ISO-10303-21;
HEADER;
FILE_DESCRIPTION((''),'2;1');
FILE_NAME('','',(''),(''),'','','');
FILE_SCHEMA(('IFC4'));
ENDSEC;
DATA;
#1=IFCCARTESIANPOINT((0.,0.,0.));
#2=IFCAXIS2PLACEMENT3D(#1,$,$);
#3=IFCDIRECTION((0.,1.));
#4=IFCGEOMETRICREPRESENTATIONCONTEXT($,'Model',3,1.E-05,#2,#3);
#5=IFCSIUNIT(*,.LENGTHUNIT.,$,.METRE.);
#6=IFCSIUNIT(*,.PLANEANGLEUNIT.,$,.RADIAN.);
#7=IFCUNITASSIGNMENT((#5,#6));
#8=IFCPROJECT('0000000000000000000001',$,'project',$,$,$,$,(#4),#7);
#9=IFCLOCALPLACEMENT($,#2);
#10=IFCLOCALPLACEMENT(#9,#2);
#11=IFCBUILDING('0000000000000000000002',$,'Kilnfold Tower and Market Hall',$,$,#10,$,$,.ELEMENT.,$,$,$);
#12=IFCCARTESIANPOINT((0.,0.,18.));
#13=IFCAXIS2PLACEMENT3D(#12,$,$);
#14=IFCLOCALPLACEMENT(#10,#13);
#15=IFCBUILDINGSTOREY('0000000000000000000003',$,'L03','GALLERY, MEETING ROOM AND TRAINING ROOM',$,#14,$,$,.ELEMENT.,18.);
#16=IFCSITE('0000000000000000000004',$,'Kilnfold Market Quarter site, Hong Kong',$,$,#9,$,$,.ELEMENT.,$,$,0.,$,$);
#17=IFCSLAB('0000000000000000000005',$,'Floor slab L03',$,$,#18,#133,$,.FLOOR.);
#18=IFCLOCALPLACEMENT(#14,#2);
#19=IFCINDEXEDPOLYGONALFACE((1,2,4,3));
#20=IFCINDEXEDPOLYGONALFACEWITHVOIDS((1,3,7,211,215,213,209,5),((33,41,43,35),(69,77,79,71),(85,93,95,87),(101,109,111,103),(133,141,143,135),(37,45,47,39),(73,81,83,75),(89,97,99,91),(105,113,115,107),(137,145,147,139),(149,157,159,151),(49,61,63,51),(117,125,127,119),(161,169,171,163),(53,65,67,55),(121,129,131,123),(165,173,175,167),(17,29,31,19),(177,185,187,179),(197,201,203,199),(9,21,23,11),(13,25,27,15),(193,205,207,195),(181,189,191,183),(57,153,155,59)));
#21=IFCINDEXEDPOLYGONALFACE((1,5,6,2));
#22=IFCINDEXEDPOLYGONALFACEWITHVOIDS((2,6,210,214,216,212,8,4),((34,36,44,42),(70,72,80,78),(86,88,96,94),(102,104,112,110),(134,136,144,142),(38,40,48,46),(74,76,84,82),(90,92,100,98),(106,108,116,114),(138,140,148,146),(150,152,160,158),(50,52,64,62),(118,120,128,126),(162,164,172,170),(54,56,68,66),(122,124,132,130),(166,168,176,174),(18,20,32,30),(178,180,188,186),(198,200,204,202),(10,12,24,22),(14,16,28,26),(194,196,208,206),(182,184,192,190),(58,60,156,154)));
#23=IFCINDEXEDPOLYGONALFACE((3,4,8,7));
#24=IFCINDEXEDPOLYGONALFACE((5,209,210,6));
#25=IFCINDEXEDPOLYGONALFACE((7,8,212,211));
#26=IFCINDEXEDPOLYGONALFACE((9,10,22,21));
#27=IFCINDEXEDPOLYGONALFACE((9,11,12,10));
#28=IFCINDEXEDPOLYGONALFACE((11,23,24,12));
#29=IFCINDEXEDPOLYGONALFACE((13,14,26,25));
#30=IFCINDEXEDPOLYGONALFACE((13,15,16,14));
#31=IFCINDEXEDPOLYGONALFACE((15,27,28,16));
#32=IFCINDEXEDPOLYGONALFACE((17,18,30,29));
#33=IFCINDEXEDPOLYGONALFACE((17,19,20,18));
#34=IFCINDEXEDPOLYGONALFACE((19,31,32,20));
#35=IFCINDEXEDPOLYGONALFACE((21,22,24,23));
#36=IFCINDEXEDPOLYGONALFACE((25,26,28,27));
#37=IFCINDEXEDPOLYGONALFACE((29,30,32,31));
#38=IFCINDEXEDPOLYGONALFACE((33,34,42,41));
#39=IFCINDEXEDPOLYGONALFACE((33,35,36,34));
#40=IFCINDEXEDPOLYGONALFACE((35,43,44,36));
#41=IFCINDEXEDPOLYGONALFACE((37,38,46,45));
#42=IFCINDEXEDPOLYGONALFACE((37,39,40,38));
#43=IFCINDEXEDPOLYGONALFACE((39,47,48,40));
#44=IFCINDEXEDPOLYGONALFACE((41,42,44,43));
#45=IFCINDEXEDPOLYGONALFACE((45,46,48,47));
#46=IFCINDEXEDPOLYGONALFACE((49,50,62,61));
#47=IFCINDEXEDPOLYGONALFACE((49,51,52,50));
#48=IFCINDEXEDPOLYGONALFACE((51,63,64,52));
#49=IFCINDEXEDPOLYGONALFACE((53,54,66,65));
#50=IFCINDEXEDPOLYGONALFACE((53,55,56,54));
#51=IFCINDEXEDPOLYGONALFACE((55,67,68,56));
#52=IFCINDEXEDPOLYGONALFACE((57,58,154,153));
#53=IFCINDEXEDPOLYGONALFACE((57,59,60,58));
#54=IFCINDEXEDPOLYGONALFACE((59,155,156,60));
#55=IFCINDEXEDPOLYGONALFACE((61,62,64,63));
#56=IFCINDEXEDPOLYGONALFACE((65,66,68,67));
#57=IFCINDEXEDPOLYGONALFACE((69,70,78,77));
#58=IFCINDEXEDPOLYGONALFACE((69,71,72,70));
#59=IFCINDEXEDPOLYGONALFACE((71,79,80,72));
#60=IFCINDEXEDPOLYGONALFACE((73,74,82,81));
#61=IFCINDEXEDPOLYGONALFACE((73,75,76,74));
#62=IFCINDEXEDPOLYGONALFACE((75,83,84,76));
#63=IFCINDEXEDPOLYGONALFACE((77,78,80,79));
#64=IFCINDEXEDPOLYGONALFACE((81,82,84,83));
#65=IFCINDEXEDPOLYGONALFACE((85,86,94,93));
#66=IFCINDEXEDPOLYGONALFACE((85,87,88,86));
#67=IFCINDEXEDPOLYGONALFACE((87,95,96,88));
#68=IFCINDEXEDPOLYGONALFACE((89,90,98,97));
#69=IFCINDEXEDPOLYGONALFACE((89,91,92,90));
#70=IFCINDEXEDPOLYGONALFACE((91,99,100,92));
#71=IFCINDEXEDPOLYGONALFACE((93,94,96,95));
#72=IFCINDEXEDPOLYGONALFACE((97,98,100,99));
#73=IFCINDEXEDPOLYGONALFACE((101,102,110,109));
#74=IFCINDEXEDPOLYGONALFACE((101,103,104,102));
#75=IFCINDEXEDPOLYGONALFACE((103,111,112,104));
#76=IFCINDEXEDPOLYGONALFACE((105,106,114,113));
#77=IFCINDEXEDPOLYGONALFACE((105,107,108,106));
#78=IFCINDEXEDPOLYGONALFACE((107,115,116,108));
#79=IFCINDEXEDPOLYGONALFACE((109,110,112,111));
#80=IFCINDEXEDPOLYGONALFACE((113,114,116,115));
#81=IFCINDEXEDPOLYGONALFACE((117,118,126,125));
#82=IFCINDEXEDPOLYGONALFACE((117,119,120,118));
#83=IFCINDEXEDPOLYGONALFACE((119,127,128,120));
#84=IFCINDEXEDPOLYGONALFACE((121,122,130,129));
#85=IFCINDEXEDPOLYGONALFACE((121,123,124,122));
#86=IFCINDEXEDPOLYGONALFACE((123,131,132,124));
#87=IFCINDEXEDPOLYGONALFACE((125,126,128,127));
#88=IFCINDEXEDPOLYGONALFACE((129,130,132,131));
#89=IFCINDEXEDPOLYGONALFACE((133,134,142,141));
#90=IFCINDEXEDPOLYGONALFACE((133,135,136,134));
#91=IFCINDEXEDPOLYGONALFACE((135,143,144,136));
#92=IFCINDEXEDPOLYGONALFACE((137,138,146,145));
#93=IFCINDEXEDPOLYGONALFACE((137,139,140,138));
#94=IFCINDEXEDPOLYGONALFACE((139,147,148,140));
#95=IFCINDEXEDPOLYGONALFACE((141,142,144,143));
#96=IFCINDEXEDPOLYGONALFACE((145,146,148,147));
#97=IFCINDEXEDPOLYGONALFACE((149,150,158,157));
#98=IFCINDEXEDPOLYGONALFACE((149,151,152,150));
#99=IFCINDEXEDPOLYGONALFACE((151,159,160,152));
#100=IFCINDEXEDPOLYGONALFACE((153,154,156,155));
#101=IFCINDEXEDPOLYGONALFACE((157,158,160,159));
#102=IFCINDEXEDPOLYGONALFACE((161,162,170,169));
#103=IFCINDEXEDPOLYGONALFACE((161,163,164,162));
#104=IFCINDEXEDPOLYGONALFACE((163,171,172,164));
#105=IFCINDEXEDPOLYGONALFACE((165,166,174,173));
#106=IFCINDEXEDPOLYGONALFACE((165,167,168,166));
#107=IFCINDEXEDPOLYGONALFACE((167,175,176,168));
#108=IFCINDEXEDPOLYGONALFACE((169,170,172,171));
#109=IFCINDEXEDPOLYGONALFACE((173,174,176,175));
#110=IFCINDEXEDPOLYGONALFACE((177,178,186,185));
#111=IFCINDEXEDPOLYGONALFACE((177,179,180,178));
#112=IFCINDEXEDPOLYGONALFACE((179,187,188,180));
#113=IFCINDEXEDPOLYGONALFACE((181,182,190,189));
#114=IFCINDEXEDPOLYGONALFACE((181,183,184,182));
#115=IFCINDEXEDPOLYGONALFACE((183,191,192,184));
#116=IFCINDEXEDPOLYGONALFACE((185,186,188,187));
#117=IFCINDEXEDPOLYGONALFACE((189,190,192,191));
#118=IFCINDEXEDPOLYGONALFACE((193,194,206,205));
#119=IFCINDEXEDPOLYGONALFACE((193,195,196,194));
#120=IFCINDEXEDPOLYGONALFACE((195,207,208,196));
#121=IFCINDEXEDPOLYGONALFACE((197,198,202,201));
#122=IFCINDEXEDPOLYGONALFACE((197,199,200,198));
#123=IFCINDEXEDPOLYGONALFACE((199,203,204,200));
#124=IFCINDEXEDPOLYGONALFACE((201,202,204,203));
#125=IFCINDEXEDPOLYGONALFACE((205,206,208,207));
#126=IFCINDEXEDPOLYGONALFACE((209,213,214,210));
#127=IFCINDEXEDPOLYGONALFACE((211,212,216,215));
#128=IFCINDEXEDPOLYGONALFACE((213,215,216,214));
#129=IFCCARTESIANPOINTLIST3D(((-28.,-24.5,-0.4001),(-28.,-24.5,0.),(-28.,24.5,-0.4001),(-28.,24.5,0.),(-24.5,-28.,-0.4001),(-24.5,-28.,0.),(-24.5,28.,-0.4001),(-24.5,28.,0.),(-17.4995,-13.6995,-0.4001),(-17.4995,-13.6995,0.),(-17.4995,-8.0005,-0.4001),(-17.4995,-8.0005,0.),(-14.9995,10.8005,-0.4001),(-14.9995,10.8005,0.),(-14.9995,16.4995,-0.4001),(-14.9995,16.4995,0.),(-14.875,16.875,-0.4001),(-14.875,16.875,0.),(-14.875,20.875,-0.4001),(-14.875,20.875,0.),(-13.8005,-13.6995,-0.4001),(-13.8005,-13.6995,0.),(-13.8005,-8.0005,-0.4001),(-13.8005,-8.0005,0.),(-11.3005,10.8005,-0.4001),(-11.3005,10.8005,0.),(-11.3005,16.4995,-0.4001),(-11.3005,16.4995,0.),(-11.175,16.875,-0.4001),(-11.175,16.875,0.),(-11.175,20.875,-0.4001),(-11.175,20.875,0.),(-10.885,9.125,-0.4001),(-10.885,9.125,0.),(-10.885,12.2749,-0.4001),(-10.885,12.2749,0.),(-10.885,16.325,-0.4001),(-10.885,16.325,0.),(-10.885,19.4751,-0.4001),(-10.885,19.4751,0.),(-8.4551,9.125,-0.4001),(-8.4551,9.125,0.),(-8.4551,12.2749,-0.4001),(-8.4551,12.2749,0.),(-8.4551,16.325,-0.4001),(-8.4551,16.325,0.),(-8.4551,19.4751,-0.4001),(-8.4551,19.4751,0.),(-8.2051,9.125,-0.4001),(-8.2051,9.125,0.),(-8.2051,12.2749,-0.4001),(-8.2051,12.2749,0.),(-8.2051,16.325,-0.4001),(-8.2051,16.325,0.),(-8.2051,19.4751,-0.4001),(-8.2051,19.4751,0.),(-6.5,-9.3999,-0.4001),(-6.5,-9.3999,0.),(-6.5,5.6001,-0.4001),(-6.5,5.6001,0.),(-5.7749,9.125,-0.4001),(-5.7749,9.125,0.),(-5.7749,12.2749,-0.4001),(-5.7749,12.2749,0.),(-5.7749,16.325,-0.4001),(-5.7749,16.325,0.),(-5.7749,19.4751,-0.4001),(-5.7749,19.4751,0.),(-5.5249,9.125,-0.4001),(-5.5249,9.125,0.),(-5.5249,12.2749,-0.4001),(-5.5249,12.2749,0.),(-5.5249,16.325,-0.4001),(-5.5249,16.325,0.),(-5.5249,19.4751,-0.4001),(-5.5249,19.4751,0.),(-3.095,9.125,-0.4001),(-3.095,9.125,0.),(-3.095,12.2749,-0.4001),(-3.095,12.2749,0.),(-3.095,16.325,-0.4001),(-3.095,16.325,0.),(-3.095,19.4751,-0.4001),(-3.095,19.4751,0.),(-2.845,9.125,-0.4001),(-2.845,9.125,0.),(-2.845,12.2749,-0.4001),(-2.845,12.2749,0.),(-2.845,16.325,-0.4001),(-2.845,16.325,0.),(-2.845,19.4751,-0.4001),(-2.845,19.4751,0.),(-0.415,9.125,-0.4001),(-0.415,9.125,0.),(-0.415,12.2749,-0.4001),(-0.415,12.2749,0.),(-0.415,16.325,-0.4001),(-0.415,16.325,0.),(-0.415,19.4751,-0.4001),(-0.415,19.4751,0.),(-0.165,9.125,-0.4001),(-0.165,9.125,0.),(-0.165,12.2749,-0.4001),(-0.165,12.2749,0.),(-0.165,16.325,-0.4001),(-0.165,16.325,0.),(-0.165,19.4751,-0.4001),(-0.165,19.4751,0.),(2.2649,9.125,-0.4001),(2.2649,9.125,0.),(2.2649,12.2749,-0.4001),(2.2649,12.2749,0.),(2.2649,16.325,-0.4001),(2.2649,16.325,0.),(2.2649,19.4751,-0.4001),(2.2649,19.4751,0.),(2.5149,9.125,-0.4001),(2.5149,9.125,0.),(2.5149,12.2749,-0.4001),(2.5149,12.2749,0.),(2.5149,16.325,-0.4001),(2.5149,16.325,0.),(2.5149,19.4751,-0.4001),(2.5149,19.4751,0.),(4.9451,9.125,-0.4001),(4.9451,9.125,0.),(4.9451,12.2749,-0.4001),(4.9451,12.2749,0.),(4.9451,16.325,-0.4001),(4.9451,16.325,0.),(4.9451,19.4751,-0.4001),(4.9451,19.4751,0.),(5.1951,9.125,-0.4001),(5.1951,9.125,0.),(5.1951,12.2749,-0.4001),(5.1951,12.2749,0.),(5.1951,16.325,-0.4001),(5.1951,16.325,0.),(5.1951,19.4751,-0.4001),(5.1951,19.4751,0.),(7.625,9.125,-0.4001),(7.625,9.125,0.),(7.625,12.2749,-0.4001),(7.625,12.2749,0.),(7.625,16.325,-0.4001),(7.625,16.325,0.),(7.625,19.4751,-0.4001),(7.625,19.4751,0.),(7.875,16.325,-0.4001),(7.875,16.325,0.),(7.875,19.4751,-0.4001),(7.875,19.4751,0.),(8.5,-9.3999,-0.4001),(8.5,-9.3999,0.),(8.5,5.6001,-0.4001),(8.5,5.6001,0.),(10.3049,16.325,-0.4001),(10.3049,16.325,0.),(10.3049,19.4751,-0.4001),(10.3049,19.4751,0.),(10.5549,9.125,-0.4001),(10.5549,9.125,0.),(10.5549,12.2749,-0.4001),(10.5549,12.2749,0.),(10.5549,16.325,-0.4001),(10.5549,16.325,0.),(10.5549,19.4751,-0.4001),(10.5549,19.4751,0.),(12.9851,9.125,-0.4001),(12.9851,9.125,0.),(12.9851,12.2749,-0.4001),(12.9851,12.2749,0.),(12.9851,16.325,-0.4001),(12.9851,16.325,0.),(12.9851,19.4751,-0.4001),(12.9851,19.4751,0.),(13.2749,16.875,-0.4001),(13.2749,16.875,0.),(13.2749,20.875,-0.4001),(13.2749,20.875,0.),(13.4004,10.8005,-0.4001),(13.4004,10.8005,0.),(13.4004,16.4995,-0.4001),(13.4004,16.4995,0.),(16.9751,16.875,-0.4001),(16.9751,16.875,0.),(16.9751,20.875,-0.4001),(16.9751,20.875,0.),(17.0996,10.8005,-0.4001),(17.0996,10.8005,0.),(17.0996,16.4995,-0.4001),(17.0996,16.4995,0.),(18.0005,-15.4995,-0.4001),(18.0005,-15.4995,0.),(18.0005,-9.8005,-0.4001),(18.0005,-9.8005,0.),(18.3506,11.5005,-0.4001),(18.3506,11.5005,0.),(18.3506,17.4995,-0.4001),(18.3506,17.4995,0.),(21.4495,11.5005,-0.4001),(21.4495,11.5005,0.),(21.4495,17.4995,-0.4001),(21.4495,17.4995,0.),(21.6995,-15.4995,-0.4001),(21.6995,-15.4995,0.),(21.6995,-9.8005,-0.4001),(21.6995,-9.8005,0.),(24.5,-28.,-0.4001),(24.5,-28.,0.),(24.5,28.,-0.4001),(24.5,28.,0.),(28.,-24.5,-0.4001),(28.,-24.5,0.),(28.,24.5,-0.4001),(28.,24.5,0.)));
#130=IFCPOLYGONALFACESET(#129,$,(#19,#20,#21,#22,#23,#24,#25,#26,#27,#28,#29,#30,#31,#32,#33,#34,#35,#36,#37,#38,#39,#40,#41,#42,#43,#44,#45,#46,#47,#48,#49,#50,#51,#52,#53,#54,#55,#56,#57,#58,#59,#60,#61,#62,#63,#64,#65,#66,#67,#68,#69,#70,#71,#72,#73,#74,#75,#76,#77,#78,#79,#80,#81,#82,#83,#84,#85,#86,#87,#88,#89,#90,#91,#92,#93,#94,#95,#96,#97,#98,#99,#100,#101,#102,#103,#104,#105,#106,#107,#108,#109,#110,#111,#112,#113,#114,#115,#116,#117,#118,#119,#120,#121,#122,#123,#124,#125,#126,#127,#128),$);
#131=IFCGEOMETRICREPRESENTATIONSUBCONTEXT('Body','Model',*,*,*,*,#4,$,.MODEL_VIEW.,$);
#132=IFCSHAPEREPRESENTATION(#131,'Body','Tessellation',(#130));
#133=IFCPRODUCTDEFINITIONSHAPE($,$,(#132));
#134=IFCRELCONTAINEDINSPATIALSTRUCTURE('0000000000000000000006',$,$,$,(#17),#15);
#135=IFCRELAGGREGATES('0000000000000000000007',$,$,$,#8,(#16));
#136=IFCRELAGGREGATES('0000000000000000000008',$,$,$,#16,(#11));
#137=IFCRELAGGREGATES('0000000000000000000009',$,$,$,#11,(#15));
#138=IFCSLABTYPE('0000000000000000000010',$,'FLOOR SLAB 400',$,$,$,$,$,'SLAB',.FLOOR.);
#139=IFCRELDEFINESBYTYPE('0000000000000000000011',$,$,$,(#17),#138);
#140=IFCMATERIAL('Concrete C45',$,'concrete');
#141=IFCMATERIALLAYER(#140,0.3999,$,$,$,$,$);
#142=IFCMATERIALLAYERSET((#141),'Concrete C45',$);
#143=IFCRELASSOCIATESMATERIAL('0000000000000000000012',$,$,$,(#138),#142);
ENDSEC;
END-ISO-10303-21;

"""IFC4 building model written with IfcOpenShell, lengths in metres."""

from ifc_helpers import new_model, si_unit, direction, frame, origin, place, context, subcontext, project, spatial, polyline, outline, extrude, source, transform, mapped, material, layer, layer_set, type_object, element, save


model = new_model("IFC4")

# Units and contexts
model_context = context("Model", 3, precision=1e-05, world=origin(), true_north=direction((0.0, 1.0)))
body_context = subcontext(model_context, "Body", "Model", "MODEL_VIEW")
ifc_project = project(units=[si_unit("LENGTHUNIT", "METRE"), si_unit("PLANEANGLEUNIT", "RADIAN")], contexts=[model_context])

# Site, building, storey
site_placement = place(None, origin())
site = spatial("IfcSite", under=ifc_project, at=site_placement, Name="Kilnfold Market Quarter site, Hong Kong", CompositionType="ELEMENT", RefElevation=0.0)
building_placement = place(site_placement, origin())
building = spatial("IfcBuilding", under=site, at=building_placement, Name="Kilnfold Tower and Market Hall", CompositionType="ELEMENT")
storey_placement = place(building_placement, frame((0.0, 0.0, 18.0)))
storey = spatial("IfcBuildingStorey", under=building, at=storey_placement, Name="L03", Description="GALLERY, MEETING ROOM AND TRAINING ROOM", CompositionType="ELEMENT", Elevation=18.0)

# Slab
ifc_material_1 = material(Name="Concrete C45", Category="concrete")
ifc_layer_1 = layer(ifc_material_1, 0.3999)
ifc_layer_set_1 = layer_set([ifc_layer_1], Name="Concrete C45")
slab_type_1 = type_object("IfcSlabType", Name="FLOOR SLAB 400", ElementType="SLAB", PredefinedType="FLOOR", material=ifc_layer_set_1)
shared_shape_1 = source(origin(), body_context, "Body", "SweptSolid", [
    extrude(outline(polyline([(-24.5, -28.0), (24.5, -28.0), (28.0, -24.5), (28.0, 24.5), (24.5, 28.0), (-24.5, 28.0), (-28.0, 24.5), (-28.0, -24.5), (-24.5, -28.0)]), holes=[polyline([(-17.4995, -13.6995), (-17.4995, -8.0005), (-13.8005, -8.0005), (-13.8005, -13.6995), (-17.4995, -13.6995)]), polyline([(-14.9995, 10.8005), (-14.9995, 16.4995), (-11.3005, 16.4995), (-11.3005, 10.8005), (-14.9995, 10.8005)]), polyline([(-14.875, 16.875), (-14.875, 20.875), (-11.175, 20.875), (-11.175, 16.875), (-14.875, 16.875)]), polyline([(-10.885, 9.125), (-10.885, 12.2749), (-8.4551, 12.2749), (-8.4551, 9.125), (-10.885, 9.125)]), polyline([(-10.885, 16.325), (-10.885, 19.4751), (-8.4551, 19.4751), (-8.4551, 16.325), (-10.885, 16.325)]), polyline([(-8.2051, 9.125), (-8.2051, 12.2749), (-5.7749, 12.2749), (-5.7749, 9.125), (-8.2051, 9.125)]), polyline([(-8.2051, 16.325), (-8.2051, 19.4751), (-5.7749, 19.4751), (-5.7749, 16.325), (-8.2051, 16.325)]), polyline([(-6.5, -9.3999), (-6.5, 5.6001), (8.5, 5.6001), (8.5, -9.3999), (-6.5, -9.3999)]), polyline([(-5.5249, 9.125), (-5.5249, 12.2749), (-3.095, 12.2749), (-3.095, 9.125), (-5.5249, 9.125)]), polyline([(-5.5249, 16.325), (-5.5249, 19.4751), (-3.095, 19.4751), (-3.095, 16.325), (-5.5249, 16.325)]), polyline([(-2.845, 9.125), (-2.845, 12.2749), (-0.415, 12.2749), (-0.415, 9.125), (-2.845, 9.125)]), polyline([(-2.845, 16.325), (-2.845, 19.4751), (-0.415, 19.4751), (-0.415, 16.325), (-2.845, 16.325)]), polyline([(-0.165, 9.125), (-0.165, 12.2749), (2.2649, 12.2749), (2.2649, 9.125), (-0.165, 9.125)]), polyline([(-0.165, 16.325), (-0.165, 19.4751), (2.2649, 19.4751), (2.2649, 16.325), (-0.165, 16.325)]), polyline([(2.5149, 9.125), (2.5149, 12.2749), (4.9451, 12.2749), (4.9451, 9.125), (2.5149, 9.125)]), polyline([(2.5149, 16.325), (2.5149, 19.4751), (4.9451, 19.4751), (4.9451, 16.325), (2.5149, 16.325)]), polyline([(5.1951, 9.125), (5.1951, 12.2749), (7.625, 12.2749), (7.625, 9.125), (5.1951, 9.125)]), polyline([(5.1951, 16.325), (5.1951, 19.4751), (7.625, 19.4751), (7.625, 16.325), (5.1951, 16.325)]), polyline([(7.875, 16.325), (7.875, 19.4751), (10.3049, 19.4751), (10.3049, 16.325), (7.875, 16.325)]), polyline([(10.5549, 9.125), (10.5549, 12.2749), (12.9851, 12.2749), (12.9851, 9.125), (10.5549, 9.125)]), polyline([(10.5549, 16.325), (10.5549, 19.4751), (12.9851, 19.4751), (12.9851, 16.325), (10.5549, 16.325)]), polyline([(13.2749, 16.875), (13.2749, 20.875), (16.9751, 20.875), (16.9751, 16.875), (13.2749, 16.875)]), polyline([(13.4004, 10.8005), (13.4004, 16.4995), (17.0996, 16.4995), (17.0996, 10.8005), (13.4004, 10.8005)]), polyline([(21.6995, -9.8005), (21.6995, -15.4995), (18.0005, -15.4995), (18.0005, -9.8005), (21.6995, -9.8005)]), polyline([(18.3506, 11.5005), (18.3506, 17.4995), (21.4495, 17.4995), (21.4495, 11.5005), (18.3506, 11.5005)])]), origin(), (0.0, 0.0, 1.0), 0.4001),
])
slab_1_placement = place(storey_placement, frame((0.0, 0.0, -0.4001)))
element("IfcSlab", 1, at=slab_1_placement, inside=storey, type_object=slab_type_1, Name="Floor slab L03", PredefinedType="FLOOR", context=body_context, shape_type="MappedRepresentation", body=[
    mapped(shared_shape_1, transform((0.0, 0.0, 0.0))),
])

save(model, "model.ifc")
